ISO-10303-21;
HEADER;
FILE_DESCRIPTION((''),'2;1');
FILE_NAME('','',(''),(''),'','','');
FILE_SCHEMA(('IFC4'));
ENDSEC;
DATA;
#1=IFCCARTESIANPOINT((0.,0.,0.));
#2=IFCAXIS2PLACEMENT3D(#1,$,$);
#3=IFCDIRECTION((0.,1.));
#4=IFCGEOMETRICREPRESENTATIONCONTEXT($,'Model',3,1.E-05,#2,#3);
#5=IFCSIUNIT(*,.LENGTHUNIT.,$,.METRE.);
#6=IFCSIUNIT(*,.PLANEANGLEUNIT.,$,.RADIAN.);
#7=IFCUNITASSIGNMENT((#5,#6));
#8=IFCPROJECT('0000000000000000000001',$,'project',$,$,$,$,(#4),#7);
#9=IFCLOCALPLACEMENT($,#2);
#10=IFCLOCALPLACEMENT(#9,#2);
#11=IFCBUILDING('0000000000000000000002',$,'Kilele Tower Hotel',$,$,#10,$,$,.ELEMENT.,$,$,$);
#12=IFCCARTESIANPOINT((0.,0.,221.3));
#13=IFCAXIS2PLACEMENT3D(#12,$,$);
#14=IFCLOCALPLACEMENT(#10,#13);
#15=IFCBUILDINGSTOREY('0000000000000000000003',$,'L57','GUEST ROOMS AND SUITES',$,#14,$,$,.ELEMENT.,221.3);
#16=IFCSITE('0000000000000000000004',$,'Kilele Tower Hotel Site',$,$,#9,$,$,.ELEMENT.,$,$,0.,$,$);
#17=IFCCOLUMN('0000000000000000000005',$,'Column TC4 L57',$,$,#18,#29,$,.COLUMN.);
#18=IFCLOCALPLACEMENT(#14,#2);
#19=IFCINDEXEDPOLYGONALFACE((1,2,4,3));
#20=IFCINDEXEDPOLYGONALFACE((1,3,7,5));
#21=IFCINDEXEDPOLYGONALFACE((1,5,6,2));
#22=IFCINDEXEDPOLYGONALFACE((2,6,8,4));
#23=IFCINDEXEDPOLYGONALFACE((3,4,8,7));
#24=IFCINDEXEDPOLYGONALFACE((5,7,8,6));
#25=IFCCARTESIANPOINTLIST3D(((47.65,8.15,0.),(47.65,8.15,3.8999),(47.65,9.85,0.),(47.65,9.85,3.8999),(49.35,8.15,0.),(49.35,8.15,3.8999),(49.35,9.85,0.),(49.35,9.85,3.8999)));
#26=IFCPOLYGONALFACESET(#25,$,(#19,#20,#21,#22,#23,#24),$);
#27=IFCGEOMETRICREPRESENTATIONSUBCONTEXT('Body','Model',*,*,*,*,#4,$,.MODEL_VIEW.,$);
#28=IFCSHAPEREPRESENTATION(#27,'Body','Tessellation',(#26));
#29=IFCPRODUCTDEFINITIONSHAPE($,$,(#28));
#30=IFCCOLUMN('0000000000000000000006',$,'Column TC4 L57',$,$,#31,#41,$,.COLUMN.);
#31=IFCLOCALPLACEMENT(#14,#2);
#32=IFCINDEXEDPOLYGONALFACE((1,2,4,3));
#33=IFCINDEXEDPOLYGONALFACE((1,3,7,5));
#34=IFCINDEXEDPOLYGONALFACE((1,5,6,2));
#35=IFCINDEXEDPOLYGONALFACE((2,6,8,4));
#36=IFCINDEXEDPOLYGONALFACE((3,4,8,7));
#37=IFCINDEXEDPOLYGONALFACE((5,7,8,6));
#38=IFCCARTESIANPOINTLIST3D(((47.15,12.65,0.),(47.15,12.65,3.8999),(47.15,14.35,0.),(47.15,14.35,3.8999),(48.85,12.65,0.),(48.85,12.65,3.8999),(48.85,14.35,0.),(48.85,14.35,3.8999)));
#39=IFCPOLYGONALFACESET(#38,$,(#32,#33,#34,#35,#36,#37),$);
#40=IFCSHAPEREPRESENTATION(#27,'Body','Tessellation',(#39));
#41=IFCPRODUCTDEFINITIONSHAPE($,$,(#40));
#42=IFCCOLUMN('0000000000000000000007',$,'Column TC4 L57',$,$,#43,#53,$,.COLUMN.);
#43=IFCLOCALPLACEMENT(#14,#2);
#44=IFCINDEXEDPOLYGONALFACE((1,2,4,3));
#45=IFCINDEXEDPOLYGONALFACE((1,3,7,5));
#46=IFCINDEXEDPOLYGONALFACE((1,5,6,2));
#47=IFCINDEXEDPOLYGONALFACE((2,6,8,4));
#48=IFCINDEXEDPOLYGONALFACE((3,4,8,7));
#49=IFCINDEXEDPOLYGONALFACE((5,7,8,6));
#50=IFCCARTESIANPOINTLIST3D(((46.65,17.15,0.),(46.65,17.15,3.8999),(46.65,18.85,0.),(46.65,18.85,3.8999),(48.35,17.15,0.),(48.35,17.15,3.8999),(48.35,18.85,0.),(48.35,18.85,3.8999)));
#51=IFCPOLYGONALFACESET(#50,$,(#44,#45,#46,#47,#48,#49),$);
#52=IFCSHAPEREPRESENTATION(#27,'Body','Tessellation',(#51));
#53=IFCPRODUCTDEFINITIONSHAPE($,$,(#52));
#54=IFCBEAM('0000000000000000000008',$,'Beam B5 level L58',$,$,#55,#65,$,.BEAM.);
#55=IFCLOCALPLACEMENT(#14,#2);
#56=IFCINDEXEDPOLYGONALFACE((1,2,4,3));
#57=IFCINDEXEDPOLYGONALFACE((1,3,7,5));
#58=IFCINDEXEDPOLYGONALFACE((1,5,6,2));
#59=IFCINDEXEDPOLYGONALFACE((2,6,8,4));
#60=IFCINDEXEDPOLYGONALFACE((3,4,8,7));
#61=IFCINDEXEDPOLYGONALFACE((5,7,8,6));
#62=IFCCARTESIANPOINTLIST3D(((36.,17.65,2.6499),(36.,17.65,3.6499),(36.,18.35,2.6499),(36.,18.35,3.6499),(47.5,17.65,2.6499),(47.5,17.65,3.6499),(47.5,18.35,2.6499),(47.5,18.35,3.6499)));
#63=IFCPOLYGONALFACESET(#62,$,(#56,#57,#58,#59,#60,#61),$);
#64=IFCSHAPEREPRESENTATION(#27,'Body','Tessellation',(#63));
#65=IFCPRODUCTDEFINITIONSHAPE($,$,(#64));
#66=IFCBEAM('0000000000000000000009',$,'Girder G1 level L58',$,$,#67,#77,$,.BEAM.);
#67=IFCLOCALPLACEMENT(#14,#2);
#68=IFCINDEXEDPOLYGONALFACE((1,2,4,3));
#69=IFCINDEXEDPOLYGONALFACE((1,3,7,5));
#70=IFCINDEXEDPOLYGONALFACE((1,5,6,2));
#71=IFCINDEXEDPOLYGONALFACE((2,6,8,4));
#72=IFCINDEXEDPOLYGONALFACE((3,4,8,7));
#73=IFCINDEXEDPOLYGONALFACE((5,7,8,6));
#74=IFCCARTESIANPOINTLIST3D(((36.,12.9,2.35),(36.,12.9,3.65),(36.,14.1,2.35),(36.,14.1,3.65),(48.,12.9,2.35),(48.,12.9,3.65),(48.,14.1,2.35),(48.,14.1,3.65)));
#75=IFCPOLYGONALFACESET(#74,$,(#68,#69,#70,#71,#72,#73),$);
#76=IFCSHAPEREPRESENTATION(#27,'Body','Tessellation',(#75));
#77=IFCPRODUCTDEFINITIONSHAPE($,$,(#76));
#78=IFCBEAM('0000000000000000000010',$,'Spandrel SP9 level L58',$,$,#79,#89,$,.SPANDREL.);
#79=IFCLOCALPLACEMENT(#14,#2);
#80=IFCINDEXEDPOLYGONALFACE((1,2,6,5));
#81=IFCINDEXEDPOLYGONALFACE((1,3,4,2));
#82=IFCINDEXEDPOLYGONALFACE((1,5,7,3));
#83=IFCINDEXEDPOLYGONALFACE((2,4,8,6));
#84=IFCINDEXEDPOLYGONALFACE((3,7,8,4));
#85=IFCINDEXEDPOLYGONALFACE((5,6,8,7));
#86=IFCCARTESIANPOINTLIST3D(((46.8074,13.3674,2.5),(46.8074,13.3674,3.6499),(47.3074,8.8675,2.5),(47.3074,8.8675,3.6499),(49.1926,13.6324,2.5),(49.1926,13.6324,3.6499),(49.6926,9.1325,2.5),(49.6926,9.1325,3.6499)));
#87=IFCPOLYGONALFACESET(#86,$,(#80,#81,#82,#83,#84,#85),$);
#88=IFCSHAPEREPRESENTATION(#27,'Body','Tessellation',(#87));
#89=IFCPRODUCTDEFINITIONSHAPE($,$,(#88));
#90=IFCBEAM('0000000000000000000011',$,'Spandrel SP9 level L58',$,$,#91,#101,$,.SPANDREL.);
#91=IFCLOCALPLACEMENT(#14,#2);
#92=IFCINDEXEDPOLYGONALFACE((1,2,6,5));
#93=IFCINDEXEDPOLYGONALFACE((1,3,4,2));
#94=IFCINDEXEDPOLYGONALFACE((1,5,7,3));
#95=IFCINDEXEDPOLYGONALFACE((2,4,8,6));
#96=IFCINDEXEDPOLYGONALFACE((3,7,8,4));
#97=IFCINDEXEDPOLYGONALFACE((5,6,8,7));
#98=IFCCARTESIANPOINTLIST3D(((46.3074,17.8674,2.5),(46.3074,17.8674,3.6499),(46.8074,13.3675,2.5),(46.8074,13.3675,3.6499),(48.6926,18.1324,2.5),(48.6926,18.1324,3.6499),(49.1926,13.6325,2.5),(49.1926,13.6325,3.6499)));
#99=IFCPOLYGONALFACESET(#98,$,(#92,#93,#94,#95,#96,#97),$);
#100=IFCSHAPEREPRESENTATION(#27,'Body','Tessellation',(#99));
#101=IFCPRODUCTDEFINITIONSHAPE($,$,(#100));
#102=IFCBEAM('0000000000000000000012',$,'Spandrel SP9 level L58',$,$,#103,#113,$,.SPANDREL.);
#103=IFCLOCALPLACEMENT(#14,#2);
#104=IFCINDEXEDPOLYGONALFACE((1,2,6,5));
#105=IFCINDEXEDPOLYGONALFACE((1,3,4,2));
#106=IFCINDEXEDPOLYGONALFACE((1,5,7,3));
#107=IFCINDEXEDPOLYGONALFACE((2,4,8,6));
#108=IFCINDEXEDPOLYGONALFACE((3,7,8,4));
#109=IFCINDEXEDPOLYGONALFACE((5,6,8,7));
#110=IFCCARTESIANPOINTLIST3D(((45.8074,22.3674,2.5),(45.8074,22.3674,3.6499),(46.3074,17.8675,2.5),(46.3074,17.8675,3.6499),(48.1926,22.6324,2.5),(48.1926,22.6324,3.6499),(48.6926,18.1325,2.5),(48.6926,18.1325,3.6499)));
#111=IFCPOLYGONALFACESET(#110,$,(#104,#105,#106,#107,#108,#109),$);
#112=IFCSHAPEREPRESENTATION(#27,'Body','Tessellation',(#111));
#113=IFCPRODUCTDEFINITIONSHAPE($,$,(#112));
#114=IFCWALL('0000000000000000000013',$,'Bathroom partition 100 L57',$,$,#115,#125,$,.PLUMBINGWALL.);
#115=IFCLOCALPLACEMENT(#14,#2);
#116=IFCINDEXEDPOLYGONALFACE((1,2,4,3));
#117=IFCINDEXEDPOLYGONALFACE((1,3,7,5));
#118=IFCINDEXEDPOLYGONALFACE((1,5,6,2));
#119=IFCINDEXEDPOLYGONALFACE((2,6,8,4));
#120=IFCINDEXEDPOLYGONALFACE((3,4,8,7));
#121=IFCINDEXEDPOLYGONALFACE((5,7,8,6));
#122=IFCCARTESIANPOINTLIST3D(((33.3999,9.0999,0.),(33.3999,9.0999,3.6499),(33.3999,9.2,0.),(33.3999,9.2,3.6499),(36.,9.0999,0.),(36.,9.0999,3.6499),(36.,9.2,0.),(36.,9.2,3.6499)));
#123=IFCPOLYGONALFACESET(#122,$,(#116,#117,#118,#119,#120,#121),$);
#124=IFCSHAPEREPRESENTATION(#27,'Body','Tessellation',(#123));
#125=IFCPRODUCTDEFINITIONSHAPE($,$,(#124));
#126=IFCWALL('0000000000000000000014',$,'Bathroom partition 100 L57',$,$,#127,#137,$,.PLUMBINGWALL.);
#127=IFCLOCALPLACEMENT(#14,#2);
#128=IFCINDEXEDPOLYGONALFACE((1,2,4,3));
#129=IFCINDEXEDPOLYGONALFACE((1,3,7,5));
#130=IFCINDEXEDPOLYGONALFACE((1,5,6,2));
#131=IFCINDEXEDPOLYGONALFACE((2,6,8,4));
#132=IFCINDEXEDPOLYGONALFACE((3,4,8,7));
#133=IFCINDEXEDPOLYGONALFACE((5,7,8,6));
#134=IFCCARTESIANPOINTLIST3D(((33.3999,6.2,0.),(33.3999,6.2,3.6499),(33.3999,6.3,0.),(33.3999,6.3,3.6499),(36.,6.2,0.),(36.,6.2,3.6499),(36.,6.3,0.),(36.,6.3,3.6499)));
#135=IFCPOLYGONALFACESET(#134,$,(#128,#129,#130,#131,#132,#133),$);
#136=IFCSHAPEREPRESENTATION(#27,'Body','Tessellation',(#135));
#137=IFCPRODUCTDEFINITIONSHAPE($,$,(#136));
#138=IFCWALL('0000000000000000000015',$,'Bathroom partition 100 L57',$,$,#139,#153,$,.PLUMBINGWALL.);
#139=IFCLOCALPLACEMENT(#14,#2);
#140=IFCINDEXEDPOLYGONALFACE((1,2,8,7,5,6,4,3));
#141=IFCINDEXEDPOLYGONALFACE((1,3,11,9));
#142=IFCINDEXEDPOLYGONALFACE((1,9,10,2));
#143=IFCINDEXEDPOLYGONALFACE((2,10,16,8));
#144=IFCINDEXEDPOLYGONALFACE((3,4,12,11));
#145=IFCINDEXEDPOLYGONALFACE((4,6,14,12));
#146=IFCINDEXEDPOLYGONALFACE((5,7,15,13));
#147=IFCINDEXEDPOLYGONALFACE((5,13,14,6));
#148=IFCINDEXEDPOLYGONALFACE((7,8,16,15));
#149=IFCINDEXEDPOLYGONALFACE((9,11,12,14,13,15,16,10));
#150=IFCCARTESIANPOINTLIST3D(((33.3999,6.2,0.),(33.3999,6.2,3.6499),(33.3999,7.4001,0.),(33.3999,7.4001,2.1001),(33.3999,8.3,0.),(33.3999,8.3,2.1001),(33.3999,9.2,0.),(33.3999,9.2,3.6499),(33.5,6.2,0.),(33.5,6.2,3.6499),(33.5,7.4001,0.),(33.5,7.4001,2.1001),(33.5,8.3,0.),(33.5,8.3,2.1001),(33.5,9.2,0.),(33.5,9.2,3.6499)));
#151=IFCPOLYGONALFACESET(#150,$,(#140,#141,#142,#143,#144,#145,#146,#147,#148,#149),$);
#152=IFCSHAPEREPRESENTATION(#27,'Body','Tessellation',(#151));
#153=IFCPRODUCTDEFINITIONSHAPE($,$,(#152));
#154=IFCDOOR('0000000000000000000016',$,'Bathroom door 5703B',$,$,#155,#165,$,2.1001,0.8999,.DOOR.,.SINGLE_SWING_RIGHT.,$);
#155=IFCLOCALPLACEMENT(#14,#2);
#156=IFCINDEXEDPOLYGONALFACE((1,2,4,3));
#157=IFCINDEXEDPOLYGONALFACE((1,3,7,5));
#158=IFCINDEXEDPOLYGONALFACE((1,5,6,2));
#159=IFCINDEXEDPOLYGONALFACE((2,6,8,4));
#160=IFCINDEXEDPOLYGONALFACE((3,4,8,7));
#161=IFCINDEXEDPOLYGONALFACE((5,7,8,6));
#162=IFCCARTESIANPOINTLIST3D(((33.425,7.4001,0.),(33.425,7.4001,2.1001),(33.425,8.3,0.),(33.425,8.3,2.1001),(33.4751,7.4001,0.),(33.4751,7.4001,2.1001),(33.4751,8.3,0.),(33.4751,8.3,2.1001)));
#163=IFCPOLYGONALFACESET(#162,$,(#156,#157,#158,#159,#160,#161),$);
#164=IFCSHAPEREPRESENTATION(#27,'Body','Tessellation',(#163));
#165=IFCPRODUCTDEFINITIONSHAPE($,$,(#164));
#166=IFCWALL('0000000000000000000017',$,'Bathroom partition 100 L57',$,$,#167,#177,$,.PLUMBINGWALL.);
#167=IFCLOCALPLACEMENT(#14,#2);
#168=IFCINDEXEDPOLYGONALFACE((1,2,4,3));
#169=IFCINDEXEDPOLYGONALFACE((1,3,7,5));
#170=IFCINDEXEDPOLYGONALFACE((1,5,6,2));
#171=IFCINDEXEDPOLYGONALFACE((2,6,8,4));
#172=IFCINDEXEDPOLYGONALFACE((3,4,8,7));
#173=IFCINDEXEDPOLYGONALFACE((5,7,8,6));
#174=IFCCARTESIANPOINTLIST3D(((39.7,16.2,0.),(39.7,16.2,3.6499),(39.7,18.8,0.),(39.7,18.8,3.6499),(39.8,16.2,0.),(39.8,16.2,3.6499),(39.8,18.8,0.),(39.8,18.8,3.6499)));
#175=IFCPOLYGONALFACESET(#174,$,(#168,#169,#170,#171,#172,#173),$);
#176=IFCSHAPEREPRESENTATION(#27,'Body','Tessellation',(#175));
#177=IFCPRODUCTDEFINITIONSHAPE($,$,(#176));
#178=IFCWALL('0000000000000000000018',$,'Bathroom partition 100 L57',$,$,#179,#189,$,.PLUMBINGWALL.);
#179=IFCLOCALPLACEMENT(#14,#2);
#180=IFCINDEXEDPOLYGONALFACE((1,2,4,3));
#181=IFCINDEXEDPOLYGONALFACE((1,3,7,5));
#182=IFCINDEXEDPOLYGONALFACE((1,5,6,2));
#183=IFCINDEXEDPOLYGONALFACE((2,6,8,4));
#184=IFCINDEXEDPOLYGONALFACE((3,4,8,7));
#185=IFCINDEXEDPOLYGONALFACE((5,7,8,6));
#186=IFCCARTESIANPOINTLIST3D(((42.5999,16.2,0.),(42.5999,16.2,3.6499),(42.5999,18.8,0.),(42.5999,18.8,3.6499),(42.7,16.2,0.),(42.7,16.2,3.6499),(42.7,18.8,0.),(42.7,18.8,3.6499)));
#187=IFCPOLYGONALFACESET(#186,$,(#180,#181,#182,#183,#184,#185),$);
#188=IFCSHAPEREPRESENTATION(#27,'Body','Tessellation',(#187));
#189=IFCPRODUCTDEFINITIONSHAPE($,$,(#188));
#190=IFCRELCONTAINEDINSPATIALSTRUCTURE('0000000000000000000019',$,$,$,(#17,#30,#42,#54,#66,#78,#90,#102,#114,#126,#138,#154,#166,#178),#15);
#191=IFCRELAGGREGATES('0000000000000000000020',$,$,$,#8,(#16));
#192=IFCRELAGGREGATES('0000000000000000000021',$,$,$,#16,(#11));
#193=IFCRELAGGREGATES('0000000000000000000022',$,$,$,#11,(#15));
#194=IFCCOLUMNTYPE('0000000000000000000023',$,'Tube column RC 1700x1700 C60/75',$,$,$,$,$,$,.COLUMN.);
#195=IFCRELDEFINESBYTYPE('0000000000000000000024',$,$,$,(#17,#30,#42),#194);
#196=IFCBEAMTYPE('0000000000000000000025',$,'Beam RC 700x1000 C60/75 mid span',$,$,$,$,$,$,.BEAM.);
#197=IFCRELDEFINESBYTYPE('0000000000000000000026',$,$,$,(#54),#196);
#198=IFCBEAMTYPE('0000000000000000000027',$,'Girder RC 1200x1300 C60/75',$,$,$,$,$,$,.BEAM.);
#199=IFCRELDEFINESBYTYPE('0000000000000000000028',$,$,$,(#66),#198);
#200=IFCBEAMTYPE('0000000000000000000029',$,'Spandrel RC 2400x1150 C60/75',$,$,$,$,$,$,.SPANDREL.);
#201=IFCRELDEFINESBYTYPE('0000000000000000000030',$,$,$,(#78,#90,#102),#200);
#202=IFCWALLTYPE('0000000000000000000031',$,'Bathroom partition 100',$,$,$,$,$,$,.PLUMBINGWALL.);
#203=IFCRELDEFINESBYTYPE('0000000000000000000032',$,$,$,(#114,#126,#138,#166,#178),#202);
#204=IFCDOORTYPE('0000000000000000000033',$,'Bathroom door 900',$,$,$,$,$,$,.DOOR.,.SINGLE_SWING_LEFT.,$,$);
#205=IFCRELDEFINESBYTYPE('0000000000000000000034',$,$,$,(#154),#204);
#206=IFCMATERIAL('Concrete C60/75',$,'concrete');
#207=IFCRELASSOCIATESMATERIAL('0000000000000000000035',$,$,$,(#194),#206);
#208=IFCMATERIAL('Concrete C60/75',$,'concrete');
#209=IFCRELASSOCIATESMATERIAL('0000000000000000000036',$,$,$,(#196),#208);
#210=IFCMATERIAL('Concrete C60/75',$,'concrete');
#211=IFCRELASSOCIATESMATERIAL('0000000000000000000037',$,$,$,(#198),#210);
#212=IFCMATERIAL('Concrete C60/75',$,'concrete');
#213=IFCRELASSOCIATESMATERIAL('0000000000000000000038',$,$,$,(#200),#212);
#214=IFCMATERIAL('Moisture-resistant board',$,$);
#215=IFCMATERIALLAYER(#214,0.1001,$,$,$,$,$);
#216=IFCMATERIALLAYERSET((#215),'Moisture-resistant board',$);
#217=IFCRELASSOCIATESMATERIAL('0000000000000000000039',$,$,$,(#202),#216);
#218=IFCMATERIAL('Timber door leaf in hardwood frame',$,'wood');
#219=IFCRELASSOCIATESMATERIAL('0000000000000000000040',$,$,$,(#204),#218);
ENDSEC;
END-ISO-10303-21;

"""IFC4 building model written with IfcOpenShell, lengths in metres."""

from ifc_helpers import new_model, si_unit, direction, frame, frame_2d, origin, origin_2d, place, context, subcontext, project, spatial, rectangle, extrude, material, layer, layer_set, material_profile, profile_set, type_object, element, fill, save


model = new_model("IFC4")

# Units and contexts
model_context = context("Model", 3, precision=1e-05, world=origin(), true_north=direction((0.0, 1.0)))
body_context = subcontext(model_context, "Body", "Model", "MODEL_VIEW")
ifc_project = project(units=[si_unit("LENGTHUNIT", "METRE"), si_unit("PLANEANGLEUNIT", "RADIAN")], contexts=[model_context])

# Site, building, storey
site_placement = place(None, origin())
site = spatial("IfcSite", under=ifc_project, at=site_placement, Name="Kilele Tower Hotel Site", CompositionType="ELEMENT", RefElevation=0.0)
building_placement = place(site_placement, origin())
building = spatial("IfcBuilding", under=site, at=building_placement, Name="Kilele Tower Hotel", CompositionType="ELEMENT")
storey_placement = place(building_placement, frame((0.0, 0.0, 221.3)))
storey = spatial("IfcBuildingStorey", under=building, at=storey_placement, Name="L57", Description="GUEST ROOMS AND SUITES", CompositionType="ELEMENT", Elevation=221.3)

# Columns
ifc_material_1 = material(Name="Concrete C60/75", Category="concrete")
ifc_material_profile_1 = material_profile(ifc_material_1, rectangle(XDim=1.7, YDim=1.7, at=origin_2d()))
ifc_profile_set_1 = profile_set([ifc_material_profile_1], Name="Concrete C60/75")
column_type = type_object("IfcColumnType", Name="Tube column RC 1700x1700 C60/75", PredefinedType="COLUMN", material=ifc_profile_set_1)
for number, where, z_axis, x_axis, name in (
    (1, (48.5, 9.0, 0.0), (0.0, 0.0, 1.0), (1.0, 0.0, 0.0), "Column TC4 L57"),
    (2, (48.0, 13.5, 0.0), (0.0, 0.0, 1.0), (1.0, 0.0, 0.0), "Column TC4 L57"),
    (3, (47.5, 18.0, 0.0), (0.0, 0.0, 1.0), (1.0, 0.0, 0.0), "Column TC4 L57"),
):
    element("IfcColumn", number, at=place(storey_placement, frame(where, z_axis=z_axis, x_axis=x_axis)), inside=storey, type_object=column_type, Name=name, PredefinedType="COLUMN", context=body_context, shape_type="SweptSolid", body=[
        extrude(rectangle(XDim=1.7, YDim=1.7, at=origin_2d()), origin(), (0.0, 0.0, 1.0), 3.8999),
    ])

# Beams
ifc_material_2 = material(Name="Concrete C60/75", Category="concrete")
ifc_material_profile_2 = material_profile(ifc_material_2, rectangle(XDim=0.7, YDim=1.0, at=origin_2d()))
ifc_profile_set_2 = profile_set([ifc_material_profile_2], Name="Concrete C60/75")
beam_type_1 = type_object("IfcBeamType", Name="Beam RC 700x1000 C60/75 mid span", PredefinedType="BEAM", material=ifc_profile_set_2)
beam_1_placement = place(storey_placement, frame((47.5, 18.0, 3.1499), z_axis=(-1.0, 0.0, 0.0), x_axis=(0.0, -1.0, 0.0)))
element("IfcBeam", 4, at=beam_1_placement, inside=storey, type_object=beam_type_1, Name="Beam B5 level L58", PredefinedType="BEAM", context=body_context, shape_type="SweptSolid", body=[
    extrude(rectangle(XDim=0.7, YDim=1.0, at=origin_2d()), origin(), (0.0, 0.0, 1.0), 11.5),
])
ifc_material_3 = material(Name="Concrete C60/75", Category="concrete")
ifc_material_profile_3 = material_profile(ifc_material_3, rectangle(XDim=1.2, YDim=1.3, at=origin_2d()))
ifc_profile_set_3 = profile_set([ifc_material_profile_3], Name="Concrete C60/75")
beam_type_2 = type_object("IfcBeamType", Name="Girder RC 1200x1300 C60/75", PredefinedType="BEAM", material=ifc_profile_set_3)
beam_2_placement = place(storey_placement, frame((48.0, 13.5, 3.0), z_axis=(-1.0, 0.0, 0.0), x_axis=(0.0, -1.0, 0.0)))
element("IfcBeam", 5, at=beam_2_placement, inside=storey, type_object=beam_type_2, Name="Girder G1 level L58", PredefinedType="BEAM", context=body_context, shape_type="SweptSolid", body=[
    extrude(rectangle(XDim=1.2, YDim=1.3, at=origin_2d()), origin(), (0.0, 0.0, 1.0), 12.0),
])
ifc_material_4 = material(Name="Concrete C60/75", Category="concrete")
ifc_material_profile_4 = material_profile(ifc_material_4, rectangle(XDim=2.3999, YDim=1.1499, at=origin_2d()))
ifc_profile_set_4 = profile_set([ifc_material_profile_4], Name="Concrete C60/75")
beam_type_3 = type_object("IfcBeamType", Name="Spandrel RC 2400x1150 C60/75", PredefinedType="SPANDREL", material=ifc_profile_set_4)
for number, where, z_axis, x_axis, name in (
    (6, (48.5, 9.0, 3.075), (-0.110432, 0.993884, 0.0), (-0.993884, -0.110432, 0.0), "Spandrel SP9 level L58"),
    (7, (48.0, 13.5, 3.075), (-0.110432, 0.993884, 0.0), (-0.993884, -0.110432, 0.0), "Spandrel SP9 level L58"),
    (8, (47.5, 18.0, 3.075), (-0.110432, 0.993884, 0.0), (-0.993884, -0.110432, 0.0), "Spandrel SP9 level L58"),
):
    element("IfcBeam", number, at=place(storey_placement, frame(where, z_axis=z_axis, x_axis=x_axis)), inside=storey, type_object=beam_type_3, Name=name, PredefinedType="SPANDREL", context=body_context, shape_type="SweptSolid", body=[
        extrude(rectangle(XDim=2.3999, YDim=1.1499, at=origin_2d()), origin(), (0.0, 0.0, 1.0), 4.5276),
    ])

# Walls
ifc_material_5 = material(Name="Moisture-resistant board")
ifc_layer_1 = layer(ifc_material_5, 0.1001)
ifc_layer_set_1 = layer_set([ifc_layer_1], Name="Moisture-resistant board")
wall_type_1 = type_object("IfcWallType", Name="Bathroom partition 100", PredefinedType="PLUMBINGWALL", material=ifc_layer_set_1)
for number, where, z_axis, x_axis, name in (
    (9, (33.3999, 9.1499, 0.0), (0.0, 0.0, 1.0), (1.0, 0.0, 0.0), "Bathroom partition 100 L57"),
    (10, (33.3999, 6.25, 0.0), (0.0, 0.0, 1.0), (1.0, 0.0, 0.0), "Bathroom partition 100 L57"),
):
    element("IfcWall", number, at=place(storey_placement, frame(where, z_axis=z_axis, x_axis=x_axis)), inside=storey, type_object=wall_type_1, Name=name, PredefinedType="PLUMBINGWALL", context=body_context, shape_type="SweptSolid", body=[
        extrude(rectangle(XDim=2.6001, YDim=0.1001, at=frame_2d((1.3, 0.0))), origin(), (0.0, 0.0, 1.0), 3.6499),
    ])

# Wall, opening, door
wall_1_placement = place(storey_placement, frame((33.45, 9.2, 0.0), z_axis=(0.0, 0.0, 1.0), x_axis=(0.0, -1.0, 0.0)))
wall_1 = element("IfcWall", 11, at=wall_1_placement, inside=storey, type_object=wall_type_1, Name="Bathroom partition 100 L57", PredefinedType="PLUMBINGWALL", context=body_context, shape_type="SweptSolid", body=[
    extrude(rectangle(XDim=3.0, YDim=0.1001, at=frame_2d((1.5, 0.0))), origin(), (0.0, 0.0, 1.0), 3.6499),
])
opening_1_placement = place(wall_1_placement, frame((1.7998, 0.0, 0.0), z_axis=(0.0, 0.0, 1.0), x_axis=(-1.0, 0.0, 0.0)))
opening_1 = element("IfcOpeningElement", 12, at=opening_1_placement, cuts=wall_1, PredefinedType="OPENING", context=body_context, shape_type="SweptSolid", body=[
    extrude(rectangle(XDim=0.8999, YDim=2.1001, at=frame_2d((0.45, 1.05))), frame((0.0, 0.0601, 0.0), z_axis=(0.0, -1.0, 0.0), x_axis=(1.0, 0.0, 0.0)), (0.0, 0.0, 1.0), 0.1201),
])
ifc_material_6 = material(Name="Timber door leaf in hardwood frame", Category="wood")
door_type_1 = type_object("IfcDoorType", Name="Bathroom door 900", OperationType="SINGLE_SWING_LEFT", PredefinedType="DOOR", material=ifc_material_6)
door_1_placement = place(opening_1_placement, origin())
door_1 = element("IfcDoor", 13, at=door_1_placement, inside=storey, type_object=door_type_1, Name="Bathroom door 5703B", OperationType="SINGLE_SWING_RIGHT", OverallHeight=2.1001, OverallWidth=0.8999, PredefinedType="DOOR", context=body_context, shape_type="SweptSolid", body=[
    extrude(rectangle(XDim=0.8999, YDim=2.1001, at=frame_2d((0.45, 1.05))), frame((0.0, 0.0249, 0.0), z_axis=(0.0, -1.0, 0.0), x_axis=(1.0, 0.0, 0.0)), (0.0, 0.0, 1.0), 0.05),
])
fill(opening_1, door_1)

# Walls
for number, where, z_axis, x_axis, name in (
    (14, (39.75, 16.2, 0.0), (0.0, 0.0, 1.0), (0.0, 1.0, 0.0), "Bathroom partition 100 L57"),
    (15, (42.6499, 16.2, 0.0), (0.0, 0.0, 1.0), (0.0, 1.0, 0.0), "Bathroom partition 100 L57"),
):
    element("IfcWall", number, at=place(storey_placement, frame(where, z_axis=z_axis, x_axis=x_axis)), inside=storey, type_object=wall_type_1, Name=name, PredefinedType="PLUMBINGWALL", context=body_context, shape_type="SweptSolid", body=[
        extrude(rectangle(XDim=2.6001, YDim=0.1001, at=frame_2d((1.3, 0.0))), origin(), (0.0, 0.0, 1.0), 3.6499),
    ])

save(model, "model.ifc")
